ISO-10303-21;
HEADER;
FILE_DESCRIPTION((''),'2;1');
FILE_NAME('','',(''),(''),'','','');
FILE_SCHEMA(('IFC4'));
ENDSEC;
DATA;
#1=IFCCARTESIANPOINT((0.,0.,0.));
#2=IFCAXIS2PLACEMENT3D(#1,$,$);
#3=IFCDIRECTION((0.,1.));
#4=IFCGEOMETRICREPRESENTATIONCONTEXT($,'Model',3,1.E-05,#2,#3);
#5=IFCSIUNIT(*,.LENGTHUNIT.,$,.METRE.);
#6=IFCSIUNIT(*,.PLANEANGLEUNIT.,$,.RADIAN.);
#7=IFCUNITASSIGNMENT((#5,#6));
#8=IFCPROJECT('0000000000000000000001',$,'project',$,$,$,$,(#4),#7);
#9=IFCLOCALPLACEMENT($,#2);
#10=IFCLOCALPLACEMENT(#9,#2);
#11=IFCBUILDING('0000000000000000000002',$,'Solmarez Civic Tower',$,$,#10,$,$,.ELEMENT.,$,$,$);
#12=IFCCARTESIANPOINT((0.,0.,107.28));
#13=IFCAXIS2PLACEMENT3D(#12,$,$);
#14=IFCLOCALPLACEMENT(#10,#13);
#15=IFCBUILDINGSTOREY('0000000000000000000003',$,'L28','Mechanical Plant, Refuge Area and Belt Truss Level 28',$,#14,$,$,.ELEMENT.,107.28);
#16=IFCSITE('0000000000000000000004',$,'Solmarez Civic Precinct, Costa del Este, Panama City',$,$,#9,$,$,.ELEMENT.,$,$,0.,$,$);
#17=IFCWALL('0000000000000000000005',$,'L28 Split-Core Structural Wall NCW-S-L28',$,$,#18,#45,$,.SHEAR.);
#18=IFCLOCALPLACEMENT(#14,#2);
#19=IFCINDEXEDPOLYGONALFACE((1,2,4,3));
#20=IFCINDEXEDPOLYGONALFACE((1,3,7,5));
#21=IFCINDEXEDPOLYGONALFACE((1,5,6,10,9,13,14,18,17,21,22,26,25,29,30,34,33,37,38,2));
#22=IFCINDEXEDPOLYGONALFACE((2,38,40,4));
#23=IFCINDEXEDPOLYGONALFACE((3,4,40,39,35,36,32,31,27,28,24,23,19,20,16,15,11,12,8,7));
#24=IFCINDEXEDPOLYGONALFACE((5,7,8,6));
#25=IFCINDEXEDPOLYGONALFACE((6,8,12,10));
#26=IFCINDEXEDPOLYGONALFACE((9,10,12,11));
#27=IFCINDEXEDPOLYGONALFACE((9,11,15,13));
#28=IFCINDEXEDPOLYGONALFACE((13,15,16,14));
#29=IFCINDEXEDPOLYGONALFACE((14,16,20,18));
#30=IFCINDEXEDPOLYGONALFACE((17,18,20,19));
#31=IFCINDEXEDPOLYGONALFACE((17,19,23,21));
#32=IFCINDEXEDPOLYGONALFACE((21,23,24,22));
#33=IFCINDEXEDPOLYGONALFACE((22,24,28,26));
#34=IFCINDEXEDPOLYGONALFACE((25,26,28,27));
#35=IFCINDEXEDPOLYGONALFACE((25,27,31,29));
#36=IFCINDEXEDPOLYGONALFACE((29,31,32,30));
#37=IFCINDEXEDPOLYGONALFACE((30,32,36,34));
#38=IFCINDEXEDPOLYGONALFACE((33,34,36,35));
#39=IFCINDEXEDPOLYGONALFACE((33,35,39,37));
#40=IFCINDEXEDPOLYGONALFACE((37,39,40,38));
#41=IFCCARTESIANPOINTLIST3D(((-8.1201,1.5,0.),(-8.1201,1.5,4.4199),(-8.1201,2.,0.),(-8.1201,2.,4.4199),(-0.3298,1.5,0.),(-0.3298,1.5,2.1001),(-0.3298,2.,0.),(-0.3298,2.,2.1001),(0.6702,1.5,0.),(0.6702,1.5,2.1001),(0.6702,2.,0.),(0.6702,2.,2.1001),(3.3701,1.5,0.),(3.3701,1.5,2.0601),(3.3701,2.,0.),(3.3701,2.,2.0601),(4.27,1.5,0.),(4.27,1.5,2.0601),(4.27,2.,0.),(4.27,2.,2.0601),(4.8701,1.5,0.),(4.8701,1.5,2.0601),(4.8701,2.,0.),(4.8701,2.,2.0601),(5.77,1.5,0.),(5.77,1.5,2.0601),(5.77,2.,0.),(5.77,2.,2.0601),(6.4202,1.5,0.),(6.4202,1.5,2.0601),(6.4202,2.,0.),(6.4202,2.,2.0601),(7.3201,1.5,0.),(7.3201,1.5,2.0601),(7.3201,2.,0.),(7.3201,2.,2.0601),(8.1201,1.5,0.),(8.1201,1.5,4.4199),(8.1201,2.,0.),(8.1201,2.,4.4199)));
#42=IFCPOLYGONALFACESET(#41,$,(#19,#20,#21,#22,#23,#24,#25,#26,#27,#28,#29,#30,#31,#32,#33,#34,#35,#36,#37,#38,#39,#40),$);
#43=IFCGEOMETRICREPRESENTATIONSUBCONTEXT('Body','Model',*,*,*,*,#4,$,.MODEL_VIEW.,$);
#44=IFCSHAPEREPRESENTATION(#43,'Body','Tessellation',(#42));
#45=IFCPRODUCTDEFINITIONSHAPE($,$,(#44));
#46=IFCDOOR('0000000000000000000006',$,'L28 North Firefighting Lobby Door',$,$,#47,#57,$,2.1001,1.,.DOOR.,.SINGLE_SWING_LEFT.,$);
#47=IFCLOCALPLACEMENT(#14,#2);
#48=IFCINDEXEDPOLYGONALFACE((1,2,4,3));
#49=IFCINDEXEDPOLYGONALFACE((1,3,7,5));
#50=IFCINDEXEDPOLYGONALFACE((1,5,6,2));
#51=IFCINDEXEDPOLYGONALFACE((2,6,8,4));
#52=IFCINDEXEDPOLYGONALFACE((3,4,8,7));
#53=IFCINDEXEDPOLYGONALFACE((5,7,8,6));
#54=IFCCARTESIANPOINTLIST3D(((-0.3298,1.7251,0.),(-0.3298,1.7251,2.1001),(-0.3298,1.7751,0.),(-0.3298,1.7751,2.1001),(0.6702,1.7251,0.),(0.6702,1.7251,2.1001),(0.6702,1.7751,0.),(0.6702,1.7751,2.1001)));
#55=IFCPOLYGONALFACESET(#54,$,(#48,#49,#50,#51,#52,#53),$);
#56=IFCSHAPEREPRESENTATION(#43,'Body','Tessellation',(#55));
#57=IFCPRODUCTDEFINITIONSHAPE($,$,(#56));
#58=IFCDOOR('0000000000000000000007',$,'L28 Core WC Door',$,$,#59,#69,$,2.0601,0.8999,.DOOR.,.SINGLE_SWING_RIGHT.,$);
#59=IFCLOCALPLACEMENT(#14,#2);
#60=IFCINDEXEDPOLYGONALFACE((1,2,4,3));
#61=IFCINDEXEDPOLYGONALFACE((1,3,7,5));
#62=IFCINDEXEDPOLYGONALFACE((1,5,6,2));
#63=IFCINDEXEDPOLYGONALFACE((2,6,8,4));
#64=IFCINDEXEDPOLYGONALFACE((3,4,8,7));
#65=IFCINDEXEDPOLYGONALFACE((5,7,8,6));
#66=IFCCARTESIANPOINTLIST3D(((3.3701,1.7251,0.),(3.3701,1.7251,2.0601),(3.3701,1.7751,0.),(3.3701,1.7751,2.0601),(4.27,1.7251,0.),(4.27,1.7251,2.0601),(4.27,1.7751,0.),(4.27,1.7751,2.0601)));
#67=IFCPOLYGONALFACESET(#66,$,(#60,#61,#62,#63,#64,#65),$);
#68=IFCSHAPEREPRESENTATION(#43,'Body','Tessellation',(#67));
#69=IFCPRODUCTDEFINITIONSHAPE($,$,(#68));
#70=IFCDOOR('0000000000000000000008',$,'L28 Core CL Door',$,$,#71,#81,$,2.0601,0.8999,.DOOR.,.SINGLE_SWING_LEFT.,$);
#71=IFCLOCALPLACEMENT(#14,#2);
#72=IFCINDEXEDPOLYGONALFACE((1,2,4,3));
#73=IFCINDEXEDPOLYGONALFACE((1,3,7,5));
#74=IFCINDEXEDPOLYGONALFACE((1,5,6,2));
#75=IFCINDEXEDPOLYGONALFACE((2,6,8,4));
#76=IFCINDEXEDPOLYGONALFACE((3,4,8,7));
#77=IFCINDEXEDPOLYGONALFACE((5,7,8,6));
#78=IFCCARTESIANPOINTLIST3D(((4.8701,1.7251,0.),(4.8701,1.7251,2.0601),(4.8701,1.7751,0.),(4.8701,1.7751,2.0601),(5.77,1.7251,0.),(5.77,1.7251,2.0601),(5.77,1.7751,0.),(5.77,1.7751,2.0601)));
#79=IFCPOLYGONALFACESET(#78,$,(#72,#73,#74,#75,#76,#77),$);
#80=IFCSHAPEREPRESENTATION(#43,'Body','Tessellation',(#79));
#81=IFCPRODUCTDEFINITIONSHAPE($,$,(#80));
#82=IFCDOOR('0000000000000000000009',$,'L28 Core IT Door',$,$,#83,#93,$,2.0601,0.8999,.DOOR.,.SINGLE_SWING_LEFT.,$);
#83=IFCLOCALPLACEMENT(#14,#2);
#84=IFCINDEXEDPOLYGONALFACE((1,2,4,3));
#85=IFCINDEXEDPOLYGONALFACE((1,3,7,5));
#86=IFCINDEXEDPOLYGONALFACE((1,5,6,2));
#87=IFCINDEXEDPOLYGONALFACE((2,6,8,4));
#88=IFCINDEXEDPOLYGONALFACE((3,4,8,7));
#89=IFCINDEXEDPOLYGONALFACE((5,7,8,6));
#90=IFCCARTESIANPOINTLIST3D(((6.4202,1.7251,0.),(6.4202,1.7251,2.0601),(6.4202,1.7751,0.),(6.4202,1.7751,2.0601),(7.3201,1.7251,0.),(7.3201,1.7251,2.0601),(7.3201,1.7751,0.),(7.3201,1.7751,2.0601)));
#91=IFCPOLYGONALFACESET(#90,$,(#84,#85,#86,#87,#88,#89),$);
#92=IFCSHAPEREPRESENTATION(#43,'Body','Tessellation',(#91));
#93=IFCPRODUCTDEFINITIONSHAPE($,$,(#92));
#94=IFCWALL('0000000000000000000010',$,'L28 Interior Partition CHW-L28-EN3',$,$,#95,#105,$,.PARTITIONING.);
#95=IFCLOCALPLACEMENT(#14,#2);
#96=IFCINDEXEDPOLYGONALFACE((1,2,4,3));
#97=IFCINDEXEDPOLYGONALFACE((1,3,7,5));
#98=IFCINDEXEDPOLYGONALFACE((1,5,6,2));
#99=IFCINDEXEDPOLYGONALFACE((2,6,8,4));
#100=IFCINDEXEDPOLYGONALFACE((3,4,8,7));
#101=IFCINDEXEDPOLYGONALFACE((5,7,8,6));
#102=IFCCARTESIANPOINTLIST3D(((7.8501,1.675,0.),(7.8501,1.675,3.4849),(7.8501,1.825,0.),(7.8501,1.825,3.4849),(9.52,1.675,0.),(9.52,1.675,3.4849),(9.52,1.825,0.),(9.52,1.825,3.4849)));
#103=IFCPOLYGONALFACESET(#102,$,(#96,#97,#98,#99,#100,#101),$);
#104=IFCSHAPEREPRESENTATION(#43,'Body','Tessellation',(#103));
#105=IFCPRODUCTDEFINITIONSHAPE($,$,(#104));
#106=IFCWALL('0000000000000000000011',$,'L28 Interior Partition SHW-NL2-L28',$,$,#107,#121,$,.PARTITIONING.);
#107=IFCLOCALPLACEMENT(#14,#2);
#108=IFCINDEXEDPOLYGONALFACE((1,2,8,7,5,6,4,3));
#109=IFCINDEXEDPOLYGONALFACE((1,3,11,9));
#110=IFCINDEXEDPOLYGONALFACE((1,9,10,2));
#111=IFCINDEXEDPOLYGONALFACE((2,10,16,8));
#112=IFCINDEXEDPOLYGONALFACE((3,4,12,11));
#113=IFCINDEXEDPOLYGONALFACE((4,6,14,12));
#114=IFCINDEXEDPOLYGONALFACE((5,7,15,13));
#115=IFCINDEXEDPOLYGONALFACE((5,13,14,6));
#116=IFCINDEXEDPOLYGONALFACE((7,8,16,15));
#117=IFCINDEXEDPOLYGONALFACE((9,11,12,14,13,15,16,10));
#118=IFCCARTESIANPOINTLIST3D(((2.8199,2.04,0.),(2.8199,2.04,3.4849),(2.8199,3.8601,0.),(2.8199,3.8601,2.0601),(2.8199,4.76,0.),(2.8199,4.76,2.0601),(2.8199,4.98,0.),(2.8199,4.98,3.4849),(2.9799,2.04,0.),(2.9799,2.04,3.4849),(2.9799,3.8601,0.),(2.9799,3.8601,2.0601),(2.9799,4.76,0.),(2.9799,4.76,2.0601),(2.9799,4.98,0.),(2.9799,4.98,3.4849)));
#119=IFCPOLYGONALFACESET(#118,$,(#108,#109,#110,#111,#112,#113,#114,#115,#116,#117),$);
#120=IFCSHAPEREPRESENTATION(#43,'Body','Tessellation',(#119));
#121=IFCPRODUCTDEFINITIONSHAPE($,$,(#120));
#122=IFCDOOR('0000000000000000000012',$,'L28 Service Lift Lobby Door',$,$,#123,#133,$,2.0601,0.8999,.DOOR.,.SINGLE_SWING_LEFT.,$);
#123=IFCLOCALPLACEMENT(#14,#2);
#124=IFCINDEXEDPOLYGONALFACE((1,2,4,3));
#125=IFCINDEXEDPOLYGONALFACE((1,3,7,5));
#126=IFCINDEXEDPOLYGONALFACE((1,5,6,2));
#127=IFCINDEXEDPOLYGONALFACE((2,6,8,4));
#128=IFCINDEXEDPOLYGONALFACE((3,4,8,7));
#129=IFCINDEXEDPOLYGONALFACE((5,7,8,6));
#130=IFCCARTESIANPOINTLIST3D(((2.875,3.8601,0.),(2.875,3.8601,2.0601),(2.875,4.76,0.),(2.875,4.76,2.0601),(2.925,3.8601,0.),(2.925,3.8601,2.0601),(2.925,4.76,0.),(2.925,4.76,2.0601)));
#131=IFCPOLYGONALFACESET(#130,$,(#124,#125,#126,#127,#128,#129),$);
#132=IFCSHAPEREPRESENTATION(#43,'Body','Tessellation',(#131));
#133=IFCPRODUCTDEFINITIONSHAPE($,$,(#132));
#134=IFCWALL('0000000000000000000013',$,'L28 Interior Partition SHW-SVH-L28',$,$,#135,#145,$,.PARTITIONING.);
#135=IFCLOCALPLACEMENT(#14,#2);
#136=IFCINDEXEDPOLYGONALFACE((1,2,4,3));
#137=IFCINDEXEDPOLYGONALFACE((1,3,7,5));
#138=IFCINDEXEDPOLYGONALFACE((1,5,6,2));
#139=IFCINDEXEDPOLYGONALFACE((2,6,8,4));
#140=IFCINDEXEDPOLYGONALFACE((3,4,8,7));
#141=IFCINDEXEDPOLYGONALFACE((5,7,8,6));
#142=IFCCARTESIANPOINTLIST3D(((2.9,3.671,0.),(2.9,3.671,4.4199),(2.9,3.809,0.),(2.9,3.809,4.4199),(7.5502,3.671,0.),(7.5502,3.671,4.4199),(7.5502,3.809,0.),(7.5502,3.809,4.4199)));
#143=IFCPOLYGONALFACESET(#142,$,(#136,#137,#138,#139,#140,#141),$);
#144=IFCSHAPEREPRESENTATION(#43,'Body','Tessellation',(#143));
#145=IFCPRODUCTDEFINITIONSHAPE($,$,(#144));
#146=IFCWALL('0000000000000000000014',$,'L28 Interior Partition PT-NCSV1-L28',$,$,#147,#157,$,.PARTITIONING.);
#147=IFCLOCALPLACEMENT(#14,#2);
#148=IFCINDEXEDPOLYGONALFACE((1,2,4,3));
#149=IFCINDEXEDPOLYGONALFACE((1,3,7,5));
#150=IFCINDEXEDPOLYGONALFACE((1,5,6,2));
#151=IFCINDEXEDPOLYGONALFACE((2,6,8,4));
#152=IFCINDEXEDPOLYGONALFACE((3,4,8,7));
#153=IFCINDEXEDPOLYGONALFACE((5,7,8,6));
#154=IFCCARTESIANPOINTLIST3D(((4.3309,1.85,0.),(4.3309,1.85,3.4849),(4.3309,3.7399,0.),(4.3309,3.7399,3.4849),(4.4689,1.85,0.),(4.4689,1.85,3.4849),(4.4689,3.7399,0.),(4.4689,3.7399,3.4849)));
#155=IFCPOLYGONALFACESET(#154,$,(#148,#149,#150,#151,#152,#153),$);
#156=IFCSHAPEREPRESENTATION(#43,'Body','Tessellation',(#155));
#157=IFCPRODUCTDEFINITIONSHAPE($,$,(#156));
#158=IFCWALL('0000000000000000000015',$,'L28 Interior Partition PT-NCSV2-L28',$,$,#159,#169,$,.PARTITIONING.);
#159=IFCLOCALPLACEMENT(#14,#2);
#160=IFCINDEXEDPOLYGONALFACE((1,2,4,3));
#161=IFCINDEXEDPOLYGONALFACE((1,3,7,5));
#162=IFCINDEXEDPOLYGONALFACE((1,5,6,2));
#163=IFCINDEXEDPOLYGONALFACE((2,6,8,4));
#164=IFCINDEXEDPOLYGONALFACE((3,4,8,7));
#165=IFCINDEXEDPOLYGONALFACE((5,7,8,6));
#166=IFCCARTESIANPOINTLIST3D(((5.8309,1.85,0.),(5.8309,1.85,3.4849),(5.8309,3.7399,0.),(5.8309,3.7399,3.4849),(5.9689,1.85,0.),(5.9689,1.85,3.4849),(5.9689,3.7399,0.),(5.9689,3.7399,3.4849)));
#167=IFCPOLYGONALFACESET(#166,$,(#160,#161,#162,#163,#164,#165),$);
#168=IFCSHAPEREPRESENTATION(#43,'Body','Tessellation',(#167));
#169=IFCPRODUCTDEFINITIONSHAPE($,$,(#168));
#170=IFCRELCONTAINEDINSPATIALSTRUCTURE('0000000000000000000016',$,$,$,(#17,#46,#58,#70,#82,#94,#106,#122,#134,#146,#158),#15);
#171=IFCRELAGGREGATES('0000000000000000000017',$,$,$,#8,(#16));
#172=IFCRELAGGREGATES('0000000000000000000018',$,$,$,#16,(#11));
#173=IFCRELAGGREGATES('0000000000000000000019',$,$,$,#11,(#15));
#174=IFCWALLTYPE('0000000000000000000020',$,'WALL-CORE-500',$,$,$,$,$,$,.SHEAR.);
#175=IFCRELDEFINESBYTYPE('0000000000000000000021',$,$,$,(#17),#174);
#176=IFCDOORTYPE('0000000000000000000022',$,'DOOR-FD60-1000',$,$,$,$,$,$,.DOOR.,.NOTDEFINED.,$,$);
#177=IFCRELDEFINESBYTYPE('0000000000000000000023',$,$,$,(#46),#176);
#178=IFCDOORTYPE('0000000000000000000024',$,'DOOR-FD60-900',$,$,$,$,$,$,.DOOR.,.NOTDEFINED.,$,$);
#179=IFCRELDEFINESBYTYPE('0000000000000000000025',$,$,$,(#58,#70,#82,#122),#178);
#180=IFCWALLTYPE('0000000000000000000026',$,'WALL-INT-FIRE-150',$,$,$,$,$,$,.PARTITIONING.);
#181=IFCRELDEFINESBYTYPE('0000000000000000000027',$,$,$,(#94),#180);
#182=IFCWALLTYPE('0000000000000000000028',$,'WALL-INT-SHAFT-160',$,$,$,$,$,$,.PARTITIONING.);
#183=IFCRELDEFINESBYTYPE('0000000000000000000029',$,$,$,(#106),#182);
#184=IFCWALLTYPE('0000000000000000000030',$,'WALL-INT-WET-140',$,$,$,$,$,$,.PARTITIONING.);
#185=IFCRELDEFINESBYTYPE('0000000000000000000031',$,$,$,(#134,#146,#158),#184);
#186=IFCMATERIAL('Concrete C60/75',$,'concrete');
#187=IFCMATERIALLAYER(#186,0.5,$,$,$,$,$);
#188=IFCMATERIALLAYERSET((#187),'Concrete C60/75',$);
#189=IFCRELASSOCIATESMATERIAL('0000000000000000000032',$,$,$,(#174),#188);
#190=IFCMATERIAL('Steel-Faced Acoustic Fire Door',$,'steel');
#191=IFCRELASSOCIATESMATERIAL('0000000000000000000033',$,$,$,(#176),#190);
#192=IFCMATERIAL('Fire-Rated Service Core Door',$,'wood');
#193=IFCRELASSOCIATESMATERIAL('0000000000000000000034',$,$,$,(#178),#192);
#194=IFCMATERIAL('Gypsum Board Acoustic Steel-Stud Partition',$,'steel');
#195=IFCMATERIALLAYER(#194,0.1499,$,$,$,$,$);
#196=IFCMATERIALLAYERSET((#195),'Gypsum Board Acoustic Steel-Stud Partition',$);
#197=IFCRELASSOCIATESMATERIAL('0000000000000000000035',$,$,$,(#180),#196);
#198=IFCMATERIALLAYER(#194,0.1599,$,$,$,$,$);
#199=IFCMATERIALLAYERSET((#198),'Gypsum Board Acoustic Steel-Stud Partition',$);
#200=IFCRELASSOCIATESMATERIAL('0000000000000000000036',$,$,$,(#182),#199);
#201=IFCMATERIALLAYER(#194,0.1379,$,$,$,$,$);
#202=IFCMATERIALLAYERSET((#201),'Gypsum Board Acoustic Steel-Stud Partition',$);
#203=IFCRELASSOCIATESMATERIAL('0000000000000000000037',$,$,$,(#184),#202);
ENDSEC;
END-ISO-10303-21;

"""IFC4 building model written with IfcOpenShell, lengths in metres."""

from ifc_helpers import new_model, si_unit, direction, frame, frame_2d, origin, place, context, subcontext, project, spatial, rectangle, extrude, material, layer, layer_set, type_object, element, fill, save


model = new_model("IFC4")

# Units and contexts
model_context = context("Model", 3, precision=1e-05, world=origin(), true_north=direction((0.0, 1.0)))
body_context = subcontext(model_context, "Body", "Model", "MODEL_VIEW")
ifc_project = project(units=[si_unit("LENGTHUNIT", "METRE"), si_unit("PLANEANGLEUNIT", "RADIAN")], contexts=[model_context])

# Site, building, storey
site_placement = place(None, origin())
site = spatial("IfcSite", under=ifc_project, at=site_placement, Name="Solmarez Civic Precinct, Costa del Este, Panama City", CompositionType="ELEMENT", RefElevation=0.0)
building_placement = place(site_placement, origin())
building = spatial("IfcBuilding", under=site, at=building_placement, Name="Solmarez Civic Tower", CompositionType="ELEMENT")
storey_placement = place(building_placement, frame((0.0, 0.0, 107.28)))
storey = spatial("IfcBuildingStorey", under=building, at=storey_placement, Name="L28", Description="Mechanical Plant, Refuge Area and Belt Truss Level 28", CompositionType="ELEMENT", Elevation=107.28)

# Shared definitions
ifc_material_1 = material(Name="Concrete C60/75", Category="concrete")

# Wall, openings, doors
ifc_layer_1 = layer(ifc_material_1, 0.5)
ifc_layer_set_1 = layer_set([ifc_layer_1], Name="Concrete C60/75")
wall_type_1 = type_object("IfcWallType", Name="WALL-CORE-500", PredefinedType="SHEAR", material=ifc_layer_set_1)
wall_1_placement = place(storey_placement, frame((8.1201, 1.75, 0.0), z_axis=(0.0, 0.0, 1.0), x_axis=(-1.0, 0.0, 0.0)))
wall_1 = element("IfcWall", 1, at=wall_1_placement, inside=storey, type_object=wall_type_1, Name="L28 Split-Core Structural Wall NCW-S-L28", PredefinedType="SHEAR", context=body_context, shape_type="SweptSolid", body=[
    extrude(rectangle(XDim=16.2402, YDim=0.5, at=frame_2d((8.1201, 0.0))), origin(), (0.0, 0.0, 1.0), 4.4199),
])
opening_1_placement = place(wall_1_placement, frame((7.45, 0.0, 0.0)))
opening_1 = element("IfcOpeningElement", 2, at=opening_1_placement, cuts=wall_1, PredefinedType="OPENING", context=body_context, shape_type="SweptSolid", body=[
    extrude(rectangle(XDim=1.0, YDim=2.1001, at=frame_2d((0.5, 1.05))), frame((0.0, 0.26, 0.0), z_axis=(0.0, -1.0, 0.0), x_axis=(1.0, 0.0, 0.0)), (0.0, 0.0, 1.0), 0.52),
])
opening_2_placement = place(wall_1_placement, frame((3.8501, 0.0, 0.0)))
opening_2 = element("IfcOpeningElement", 3, at=opening_2_placement, cuts=wall_1, PredefinedType="OPENING", context=body_context, shape_type="SweptSolid", body=[
    extrude(rectangle(XDim=0.8999, YDim=2.0601, at=frame_2d((0.45, 1.03))), frame((0.0, 0.26, 0.0), z_axis=(0.0, -1.0, 0.0), x_axis=(1.0, 0.0, 0.0)), (0.0, 0.0, 1.0), 0.52),
])
opening_3_placement = place(wall_1_placement, frame((2.3501, 0.0, 0.0)))
opening_3 = element("IfcOpeningElement", 4, at=opening_3_placement, cuts=wall_1, PredefinedType="OPENING", context=body_context, shape_type="SweptSolid", body=[
    extrude(rectangle(XDim=0.8999, YDim=2.0601, at=frame_2d((0.45, 1.03))), frame((0.0, 0.26, 0.0), z_axis=(0.0, -1.0, 0.0), x_axis=(1.0, 0.0, 0.0)), (0.0, 0.0, 1.0), 0.52),
])
opening_4_placement = place(wall_1_placement, frame((0.8, 0.0, 0.0)))
opening_4 = element("IfcOpeningElement", 5, at=opening_4_placement, cuts=wall_1, PredefinedType="OPENING", context=body_context, shape_type="SweptSolid", body=[
    extrude(rectangle(XDim=0.8999, YDim=2.0601, at=frame_2d((0.45, 1.03))), frame((0.0, 0.26, 0.0), z_axis=(0.0, -1.0, 0.0), x_axis=(1.0, 0.0, 0.0)), (0.0, 0.0, 1.0), 0.52),
])
ifc_material_2 = material(Name="Steel-Faced Acoustic Fire Door", Category="steel")
door_type_1 = type_object("IfcDoorType", Name="DOOR-FD60-1000", OperationType="NOTDEFINED", PredefinedType="DOOR", material=ifc_material_2)
door_1_placement = place(opening_1_placement, origin())
door_1 = element("IfcDoor", 6, at=door_1_placement, inside=storey, type_object=door_type_1, Name="L28 North Firefighting Lobby Door", OperationType="SINGLE_SWING_LEFT", OverallHeight=2.1001, OverallWidth=1.0, PredefinedType="DOOR", context=body_context, shape_type="SweptSolid", body=[
    extrude(rectangle(XDim=1.0, YDim=2.1001, at=frame_2d((0.5, 1.05))), frame((0.0, 0.0249, 0.0), z_axis=(0.0, -1.0, 0.0), x_axis=(1.0, 0.0, 0.0)), (0.0, 0.0, 1.0), 0.05),
])
fill(opening_1, door_1)
ifc_material_3 = material(Name="Fire-Rated Service Core Door", Category="wood")
door_type_2 = type_object("IfcDoorType", Name="DOOR-FD60-900", OperationType="NOTDEFINED", PredefinedType="DOOR", material=ifc_material_3)
door_2_placement = place(opening_2_placement, origin())
door_2 = element("IfcDoor", 7, at=door_2_placement, inside=storey, type_object=door_type_2, Name="L28 Core WC Door", OperationType="SINGLE_SWING_RIGHT", OverallHeight=2.0601, OverallWidth=0.8999, PredefinedType="DOOR", context=body_context, shape_type="SweptSolid", body=[
    extrude(rectangle(XDim=0.8999, YDim=2.0601, at=frame_2d((0.45, 1.03))), frame((0.0, 0.0249, 0.0), z_axis=(0.0, -1.0, 0.0), x_axis=(1.0, 0.0, 0.0)), (0.0, 0.0, 1.0), 0.05),
])
fill(opening_2, door_2)
door_3_placement = place(opening_3_placement, origin())
door_3 = element("IfcDoor", 8, at=door_3_placement, inside=storey, type_object=door_type_2, Name="L28 Core CL Door", OperationType="SINGLE_SWING_LEFT", OverallHeight=2.0601, OverallWidth=0.8999, PredefinedType="DOOR", context=body_context, shape_type="SweptSolid", body=[
    extrude(rectangle(XDim=0.8999, YDim=2.0601, at=frame_2d((0.45, 1.03))), frame((0.0, 0.0249, 0.0), z_axis=(0.0, -1.0, 0.0), x_axis=(1.0, 0.0, 0.0)), (0.0, 0.0, 1.0), 0.05),
])
fill(opening_3, door_3)
door_4_placement = place(opening_4_placement, origin())
door_4 = element("IfcDoor", 9, at=door_4_placement, inside=storey, type_object=door_type_2, Name="L28 Core IT Door", OperationType="SINGLE_SWING_LEFT", OverallHeight=2.0601, OverallWidth=0.8999, PredefinedType="DOOR", context=body_context, shape_type="SweptSolid", body=[
    extrude(rectangle(XDim=0.8999, YDim=2.0601, at=frame_2d((0.45, 1.03))), frame((0.0, 0.0249, 0.0), z_axis=(0.0, -1.0, 0.0), x_axis=(1.0, 0.0, 0.0)), (0.0, 0.0, 1.0), 0.05),
])
fill(opening_4, door_4)

# Wall
ifc_material_4 = material(Name="Gypsum Board Acoustic Steel-Stud Partition", Category="steel")
ifc_layer_2 = layer(ifc_material_4, 0.1499)
ifc_layer_set_2 = layer_set([ifc_layer_2], Name="Gypsum Board Acoustic Steel-Stud Partition")
wall_type_2 = type_object("IfcWallType", Name="WALL-INT-FIRE-150", PredefinedType="PARTITIONING", material=ifc_layer_set_2)
wall_2_placement = place(storey_placement, frame((7.8501, 1.75, 0.0), z_axis=(0.0, 0.0, 1.0), x_axis=(1.0, 0.0, 0.0)))
element("IfcWall", 10, at=wall_2_placement, inside=storey, type_object=wall_type_2, Name="L28 Interior Partition CHW-L28-EN3", PredefinedType="PARTITIONING", context=body_context, shape_type="SweptSolid", body=[
    extrude(rectangle(XDim=1.6699, YDim=0.1499, at=frame_2d((0.835, 0.0))), origin(), (0.0, 0.0, 1.0), 3.4849),
])

# Wall, opening, door
ifc_layer_3 = layer(ifc_material_4, 0.1599)
ifc_layer_set_3 = layer_set([ifc_layer_3], Name="Gypsum Board Acoustic Steel-Stud Partition")
wall_type_3 = type_object("IfcWallType", Name="WALL-INT-SHAFT-160", PredefinedType="PARTITIONING", material=ifc_layer_set_3)
wall_3_placement = place(storey_placement, frame((2.8999, 2.04, 0.0), z_axis=(0.0, 0.0, 1.0), x_axis=(0.0, 1.0, 0.0)))
wall_3 = element("IfcWall", 11, at=wall_3_placement, inside=storey, type_object=wall_type_3, Name="L28 Interior Partition SHW-NL2-L28", PredefinedType="PARTITIONING", context=body_context, shape_type="SweptSolid", body=[
    extrude(rectangle(XDim=2.9399, YDim=0.1599, at=frame_2d((1.47, 0.0))), origin(), (0.0, 0.0, 1.0), 3.4849),
])
opening_5_placement = place(wall_3_placement, frame((1.8201, 0.0, 0.0)))
opening_5 = element("IfcOpeningElement", 12, at=opening_5_placement, cuts=wall_3, PredefinedType="OPENING", context=body_context, shape_type="SweptSolid", body=[
    extrude(rectangle(XDim=0.8999, YDim=2.0601, at=frame_2d((0.45, 1.03))), frame((0.0, 0.0898, 0.0), z_axis=(0.0, -1.0, 0.0), x_axis=(1.0, 0.0, 0.0)), (0.0, 0.0, 1.0), 0.1799),
])
door_5_placement = place(opening_5_placement, origin())
door_5 = element("IfcDoor", 13, at=door_5_placement, inside=storey, type_object=door_type_2, Name="L28 Service Lift Lobby Door", OperationType="SINGLE_SWING_LEFT", OverallHeight=2.0601, OverallWidth=0.8999, PredefinedType="DOOR", context=body_context, shape_type="SweptSolid", body=[
    extrude(rectangle(XDim=0.8999, YDim=2.0601, at=frame_2d((0.45, 1.03))), frame((0.0, 0.0249, 0.0), z_axis=(0.0, -1.0, 0.0), x_axis=(1.0, 0.0, 0.0)), (0.0, 0.0, 1.0), 0.05),
])
fill(opening_5, door_5)

# Walls
ifc_layer_4 = layer(ifc_material_4, 0.1379)
ifc_layer_set_4 = layer_set([ifc_layer_4], Name="Gypsum Board Acoustic Steel-Stud Partition")
wall_type_4 = type_object("IfcWallType", Name="WALL-INT-WET-140", PredefinedType="PARTITIONING", material=ifc_layer_set_4)
wall_4_placement = place(storey_placement, frame((2.8999, 3.74, 0.0), z_axis=(0.0, 0.0, 1.0), x_axis=(1.0, 0.0, 0.0)))
element("IfcWall", 14, at=wall_4_placement, inside=storey, type_object=wall_type_4, Name="L28 Interior Partition SHW-SVH-L28", PredefinedType="PARTITIONING", context=body_context, shape_type="SweptSolid", body=[
    extrude(rectangle(XDim=4.6501, YDim=0.1379, at=frame_2d((2.3252, 0.0))), origin(), (0.0, 0.0, 1.0), 4.4199),
])
for number, where, z_axis, x_axis, name in (
    (15, (4.3999, 1.8501, 0.0), (0.0, 0.0, 1.0), (0.0, 1.0, 0.0), "L28 Interior Partition PT-NCSV1-L28"),
    (16, (5.8999, 1.8501, 0.0), (0.0, 0.0, 1.0), (0.0, 1.0, 0.0), "L28 Interior Partition PT-NCSV2-L28"),
):
    element("IfcWall", number, at=place(storey_placement, frame(where, z_axis=z_axis, x_axis=x_axis)), inside=storey, type_object=wall_type_4, Name=name, PredefinedType="PARTITIONING", context=body_context, shape_type="SweptSolid", body=[
        extrude(rectangle(XDim=1.8899, YDim=0.1379, at=frame_2d((0.9448, 0.0))), origin(), (0.0, 0.0, 1.0), 3.4849),
    ])

save(model, "model.ifc")
